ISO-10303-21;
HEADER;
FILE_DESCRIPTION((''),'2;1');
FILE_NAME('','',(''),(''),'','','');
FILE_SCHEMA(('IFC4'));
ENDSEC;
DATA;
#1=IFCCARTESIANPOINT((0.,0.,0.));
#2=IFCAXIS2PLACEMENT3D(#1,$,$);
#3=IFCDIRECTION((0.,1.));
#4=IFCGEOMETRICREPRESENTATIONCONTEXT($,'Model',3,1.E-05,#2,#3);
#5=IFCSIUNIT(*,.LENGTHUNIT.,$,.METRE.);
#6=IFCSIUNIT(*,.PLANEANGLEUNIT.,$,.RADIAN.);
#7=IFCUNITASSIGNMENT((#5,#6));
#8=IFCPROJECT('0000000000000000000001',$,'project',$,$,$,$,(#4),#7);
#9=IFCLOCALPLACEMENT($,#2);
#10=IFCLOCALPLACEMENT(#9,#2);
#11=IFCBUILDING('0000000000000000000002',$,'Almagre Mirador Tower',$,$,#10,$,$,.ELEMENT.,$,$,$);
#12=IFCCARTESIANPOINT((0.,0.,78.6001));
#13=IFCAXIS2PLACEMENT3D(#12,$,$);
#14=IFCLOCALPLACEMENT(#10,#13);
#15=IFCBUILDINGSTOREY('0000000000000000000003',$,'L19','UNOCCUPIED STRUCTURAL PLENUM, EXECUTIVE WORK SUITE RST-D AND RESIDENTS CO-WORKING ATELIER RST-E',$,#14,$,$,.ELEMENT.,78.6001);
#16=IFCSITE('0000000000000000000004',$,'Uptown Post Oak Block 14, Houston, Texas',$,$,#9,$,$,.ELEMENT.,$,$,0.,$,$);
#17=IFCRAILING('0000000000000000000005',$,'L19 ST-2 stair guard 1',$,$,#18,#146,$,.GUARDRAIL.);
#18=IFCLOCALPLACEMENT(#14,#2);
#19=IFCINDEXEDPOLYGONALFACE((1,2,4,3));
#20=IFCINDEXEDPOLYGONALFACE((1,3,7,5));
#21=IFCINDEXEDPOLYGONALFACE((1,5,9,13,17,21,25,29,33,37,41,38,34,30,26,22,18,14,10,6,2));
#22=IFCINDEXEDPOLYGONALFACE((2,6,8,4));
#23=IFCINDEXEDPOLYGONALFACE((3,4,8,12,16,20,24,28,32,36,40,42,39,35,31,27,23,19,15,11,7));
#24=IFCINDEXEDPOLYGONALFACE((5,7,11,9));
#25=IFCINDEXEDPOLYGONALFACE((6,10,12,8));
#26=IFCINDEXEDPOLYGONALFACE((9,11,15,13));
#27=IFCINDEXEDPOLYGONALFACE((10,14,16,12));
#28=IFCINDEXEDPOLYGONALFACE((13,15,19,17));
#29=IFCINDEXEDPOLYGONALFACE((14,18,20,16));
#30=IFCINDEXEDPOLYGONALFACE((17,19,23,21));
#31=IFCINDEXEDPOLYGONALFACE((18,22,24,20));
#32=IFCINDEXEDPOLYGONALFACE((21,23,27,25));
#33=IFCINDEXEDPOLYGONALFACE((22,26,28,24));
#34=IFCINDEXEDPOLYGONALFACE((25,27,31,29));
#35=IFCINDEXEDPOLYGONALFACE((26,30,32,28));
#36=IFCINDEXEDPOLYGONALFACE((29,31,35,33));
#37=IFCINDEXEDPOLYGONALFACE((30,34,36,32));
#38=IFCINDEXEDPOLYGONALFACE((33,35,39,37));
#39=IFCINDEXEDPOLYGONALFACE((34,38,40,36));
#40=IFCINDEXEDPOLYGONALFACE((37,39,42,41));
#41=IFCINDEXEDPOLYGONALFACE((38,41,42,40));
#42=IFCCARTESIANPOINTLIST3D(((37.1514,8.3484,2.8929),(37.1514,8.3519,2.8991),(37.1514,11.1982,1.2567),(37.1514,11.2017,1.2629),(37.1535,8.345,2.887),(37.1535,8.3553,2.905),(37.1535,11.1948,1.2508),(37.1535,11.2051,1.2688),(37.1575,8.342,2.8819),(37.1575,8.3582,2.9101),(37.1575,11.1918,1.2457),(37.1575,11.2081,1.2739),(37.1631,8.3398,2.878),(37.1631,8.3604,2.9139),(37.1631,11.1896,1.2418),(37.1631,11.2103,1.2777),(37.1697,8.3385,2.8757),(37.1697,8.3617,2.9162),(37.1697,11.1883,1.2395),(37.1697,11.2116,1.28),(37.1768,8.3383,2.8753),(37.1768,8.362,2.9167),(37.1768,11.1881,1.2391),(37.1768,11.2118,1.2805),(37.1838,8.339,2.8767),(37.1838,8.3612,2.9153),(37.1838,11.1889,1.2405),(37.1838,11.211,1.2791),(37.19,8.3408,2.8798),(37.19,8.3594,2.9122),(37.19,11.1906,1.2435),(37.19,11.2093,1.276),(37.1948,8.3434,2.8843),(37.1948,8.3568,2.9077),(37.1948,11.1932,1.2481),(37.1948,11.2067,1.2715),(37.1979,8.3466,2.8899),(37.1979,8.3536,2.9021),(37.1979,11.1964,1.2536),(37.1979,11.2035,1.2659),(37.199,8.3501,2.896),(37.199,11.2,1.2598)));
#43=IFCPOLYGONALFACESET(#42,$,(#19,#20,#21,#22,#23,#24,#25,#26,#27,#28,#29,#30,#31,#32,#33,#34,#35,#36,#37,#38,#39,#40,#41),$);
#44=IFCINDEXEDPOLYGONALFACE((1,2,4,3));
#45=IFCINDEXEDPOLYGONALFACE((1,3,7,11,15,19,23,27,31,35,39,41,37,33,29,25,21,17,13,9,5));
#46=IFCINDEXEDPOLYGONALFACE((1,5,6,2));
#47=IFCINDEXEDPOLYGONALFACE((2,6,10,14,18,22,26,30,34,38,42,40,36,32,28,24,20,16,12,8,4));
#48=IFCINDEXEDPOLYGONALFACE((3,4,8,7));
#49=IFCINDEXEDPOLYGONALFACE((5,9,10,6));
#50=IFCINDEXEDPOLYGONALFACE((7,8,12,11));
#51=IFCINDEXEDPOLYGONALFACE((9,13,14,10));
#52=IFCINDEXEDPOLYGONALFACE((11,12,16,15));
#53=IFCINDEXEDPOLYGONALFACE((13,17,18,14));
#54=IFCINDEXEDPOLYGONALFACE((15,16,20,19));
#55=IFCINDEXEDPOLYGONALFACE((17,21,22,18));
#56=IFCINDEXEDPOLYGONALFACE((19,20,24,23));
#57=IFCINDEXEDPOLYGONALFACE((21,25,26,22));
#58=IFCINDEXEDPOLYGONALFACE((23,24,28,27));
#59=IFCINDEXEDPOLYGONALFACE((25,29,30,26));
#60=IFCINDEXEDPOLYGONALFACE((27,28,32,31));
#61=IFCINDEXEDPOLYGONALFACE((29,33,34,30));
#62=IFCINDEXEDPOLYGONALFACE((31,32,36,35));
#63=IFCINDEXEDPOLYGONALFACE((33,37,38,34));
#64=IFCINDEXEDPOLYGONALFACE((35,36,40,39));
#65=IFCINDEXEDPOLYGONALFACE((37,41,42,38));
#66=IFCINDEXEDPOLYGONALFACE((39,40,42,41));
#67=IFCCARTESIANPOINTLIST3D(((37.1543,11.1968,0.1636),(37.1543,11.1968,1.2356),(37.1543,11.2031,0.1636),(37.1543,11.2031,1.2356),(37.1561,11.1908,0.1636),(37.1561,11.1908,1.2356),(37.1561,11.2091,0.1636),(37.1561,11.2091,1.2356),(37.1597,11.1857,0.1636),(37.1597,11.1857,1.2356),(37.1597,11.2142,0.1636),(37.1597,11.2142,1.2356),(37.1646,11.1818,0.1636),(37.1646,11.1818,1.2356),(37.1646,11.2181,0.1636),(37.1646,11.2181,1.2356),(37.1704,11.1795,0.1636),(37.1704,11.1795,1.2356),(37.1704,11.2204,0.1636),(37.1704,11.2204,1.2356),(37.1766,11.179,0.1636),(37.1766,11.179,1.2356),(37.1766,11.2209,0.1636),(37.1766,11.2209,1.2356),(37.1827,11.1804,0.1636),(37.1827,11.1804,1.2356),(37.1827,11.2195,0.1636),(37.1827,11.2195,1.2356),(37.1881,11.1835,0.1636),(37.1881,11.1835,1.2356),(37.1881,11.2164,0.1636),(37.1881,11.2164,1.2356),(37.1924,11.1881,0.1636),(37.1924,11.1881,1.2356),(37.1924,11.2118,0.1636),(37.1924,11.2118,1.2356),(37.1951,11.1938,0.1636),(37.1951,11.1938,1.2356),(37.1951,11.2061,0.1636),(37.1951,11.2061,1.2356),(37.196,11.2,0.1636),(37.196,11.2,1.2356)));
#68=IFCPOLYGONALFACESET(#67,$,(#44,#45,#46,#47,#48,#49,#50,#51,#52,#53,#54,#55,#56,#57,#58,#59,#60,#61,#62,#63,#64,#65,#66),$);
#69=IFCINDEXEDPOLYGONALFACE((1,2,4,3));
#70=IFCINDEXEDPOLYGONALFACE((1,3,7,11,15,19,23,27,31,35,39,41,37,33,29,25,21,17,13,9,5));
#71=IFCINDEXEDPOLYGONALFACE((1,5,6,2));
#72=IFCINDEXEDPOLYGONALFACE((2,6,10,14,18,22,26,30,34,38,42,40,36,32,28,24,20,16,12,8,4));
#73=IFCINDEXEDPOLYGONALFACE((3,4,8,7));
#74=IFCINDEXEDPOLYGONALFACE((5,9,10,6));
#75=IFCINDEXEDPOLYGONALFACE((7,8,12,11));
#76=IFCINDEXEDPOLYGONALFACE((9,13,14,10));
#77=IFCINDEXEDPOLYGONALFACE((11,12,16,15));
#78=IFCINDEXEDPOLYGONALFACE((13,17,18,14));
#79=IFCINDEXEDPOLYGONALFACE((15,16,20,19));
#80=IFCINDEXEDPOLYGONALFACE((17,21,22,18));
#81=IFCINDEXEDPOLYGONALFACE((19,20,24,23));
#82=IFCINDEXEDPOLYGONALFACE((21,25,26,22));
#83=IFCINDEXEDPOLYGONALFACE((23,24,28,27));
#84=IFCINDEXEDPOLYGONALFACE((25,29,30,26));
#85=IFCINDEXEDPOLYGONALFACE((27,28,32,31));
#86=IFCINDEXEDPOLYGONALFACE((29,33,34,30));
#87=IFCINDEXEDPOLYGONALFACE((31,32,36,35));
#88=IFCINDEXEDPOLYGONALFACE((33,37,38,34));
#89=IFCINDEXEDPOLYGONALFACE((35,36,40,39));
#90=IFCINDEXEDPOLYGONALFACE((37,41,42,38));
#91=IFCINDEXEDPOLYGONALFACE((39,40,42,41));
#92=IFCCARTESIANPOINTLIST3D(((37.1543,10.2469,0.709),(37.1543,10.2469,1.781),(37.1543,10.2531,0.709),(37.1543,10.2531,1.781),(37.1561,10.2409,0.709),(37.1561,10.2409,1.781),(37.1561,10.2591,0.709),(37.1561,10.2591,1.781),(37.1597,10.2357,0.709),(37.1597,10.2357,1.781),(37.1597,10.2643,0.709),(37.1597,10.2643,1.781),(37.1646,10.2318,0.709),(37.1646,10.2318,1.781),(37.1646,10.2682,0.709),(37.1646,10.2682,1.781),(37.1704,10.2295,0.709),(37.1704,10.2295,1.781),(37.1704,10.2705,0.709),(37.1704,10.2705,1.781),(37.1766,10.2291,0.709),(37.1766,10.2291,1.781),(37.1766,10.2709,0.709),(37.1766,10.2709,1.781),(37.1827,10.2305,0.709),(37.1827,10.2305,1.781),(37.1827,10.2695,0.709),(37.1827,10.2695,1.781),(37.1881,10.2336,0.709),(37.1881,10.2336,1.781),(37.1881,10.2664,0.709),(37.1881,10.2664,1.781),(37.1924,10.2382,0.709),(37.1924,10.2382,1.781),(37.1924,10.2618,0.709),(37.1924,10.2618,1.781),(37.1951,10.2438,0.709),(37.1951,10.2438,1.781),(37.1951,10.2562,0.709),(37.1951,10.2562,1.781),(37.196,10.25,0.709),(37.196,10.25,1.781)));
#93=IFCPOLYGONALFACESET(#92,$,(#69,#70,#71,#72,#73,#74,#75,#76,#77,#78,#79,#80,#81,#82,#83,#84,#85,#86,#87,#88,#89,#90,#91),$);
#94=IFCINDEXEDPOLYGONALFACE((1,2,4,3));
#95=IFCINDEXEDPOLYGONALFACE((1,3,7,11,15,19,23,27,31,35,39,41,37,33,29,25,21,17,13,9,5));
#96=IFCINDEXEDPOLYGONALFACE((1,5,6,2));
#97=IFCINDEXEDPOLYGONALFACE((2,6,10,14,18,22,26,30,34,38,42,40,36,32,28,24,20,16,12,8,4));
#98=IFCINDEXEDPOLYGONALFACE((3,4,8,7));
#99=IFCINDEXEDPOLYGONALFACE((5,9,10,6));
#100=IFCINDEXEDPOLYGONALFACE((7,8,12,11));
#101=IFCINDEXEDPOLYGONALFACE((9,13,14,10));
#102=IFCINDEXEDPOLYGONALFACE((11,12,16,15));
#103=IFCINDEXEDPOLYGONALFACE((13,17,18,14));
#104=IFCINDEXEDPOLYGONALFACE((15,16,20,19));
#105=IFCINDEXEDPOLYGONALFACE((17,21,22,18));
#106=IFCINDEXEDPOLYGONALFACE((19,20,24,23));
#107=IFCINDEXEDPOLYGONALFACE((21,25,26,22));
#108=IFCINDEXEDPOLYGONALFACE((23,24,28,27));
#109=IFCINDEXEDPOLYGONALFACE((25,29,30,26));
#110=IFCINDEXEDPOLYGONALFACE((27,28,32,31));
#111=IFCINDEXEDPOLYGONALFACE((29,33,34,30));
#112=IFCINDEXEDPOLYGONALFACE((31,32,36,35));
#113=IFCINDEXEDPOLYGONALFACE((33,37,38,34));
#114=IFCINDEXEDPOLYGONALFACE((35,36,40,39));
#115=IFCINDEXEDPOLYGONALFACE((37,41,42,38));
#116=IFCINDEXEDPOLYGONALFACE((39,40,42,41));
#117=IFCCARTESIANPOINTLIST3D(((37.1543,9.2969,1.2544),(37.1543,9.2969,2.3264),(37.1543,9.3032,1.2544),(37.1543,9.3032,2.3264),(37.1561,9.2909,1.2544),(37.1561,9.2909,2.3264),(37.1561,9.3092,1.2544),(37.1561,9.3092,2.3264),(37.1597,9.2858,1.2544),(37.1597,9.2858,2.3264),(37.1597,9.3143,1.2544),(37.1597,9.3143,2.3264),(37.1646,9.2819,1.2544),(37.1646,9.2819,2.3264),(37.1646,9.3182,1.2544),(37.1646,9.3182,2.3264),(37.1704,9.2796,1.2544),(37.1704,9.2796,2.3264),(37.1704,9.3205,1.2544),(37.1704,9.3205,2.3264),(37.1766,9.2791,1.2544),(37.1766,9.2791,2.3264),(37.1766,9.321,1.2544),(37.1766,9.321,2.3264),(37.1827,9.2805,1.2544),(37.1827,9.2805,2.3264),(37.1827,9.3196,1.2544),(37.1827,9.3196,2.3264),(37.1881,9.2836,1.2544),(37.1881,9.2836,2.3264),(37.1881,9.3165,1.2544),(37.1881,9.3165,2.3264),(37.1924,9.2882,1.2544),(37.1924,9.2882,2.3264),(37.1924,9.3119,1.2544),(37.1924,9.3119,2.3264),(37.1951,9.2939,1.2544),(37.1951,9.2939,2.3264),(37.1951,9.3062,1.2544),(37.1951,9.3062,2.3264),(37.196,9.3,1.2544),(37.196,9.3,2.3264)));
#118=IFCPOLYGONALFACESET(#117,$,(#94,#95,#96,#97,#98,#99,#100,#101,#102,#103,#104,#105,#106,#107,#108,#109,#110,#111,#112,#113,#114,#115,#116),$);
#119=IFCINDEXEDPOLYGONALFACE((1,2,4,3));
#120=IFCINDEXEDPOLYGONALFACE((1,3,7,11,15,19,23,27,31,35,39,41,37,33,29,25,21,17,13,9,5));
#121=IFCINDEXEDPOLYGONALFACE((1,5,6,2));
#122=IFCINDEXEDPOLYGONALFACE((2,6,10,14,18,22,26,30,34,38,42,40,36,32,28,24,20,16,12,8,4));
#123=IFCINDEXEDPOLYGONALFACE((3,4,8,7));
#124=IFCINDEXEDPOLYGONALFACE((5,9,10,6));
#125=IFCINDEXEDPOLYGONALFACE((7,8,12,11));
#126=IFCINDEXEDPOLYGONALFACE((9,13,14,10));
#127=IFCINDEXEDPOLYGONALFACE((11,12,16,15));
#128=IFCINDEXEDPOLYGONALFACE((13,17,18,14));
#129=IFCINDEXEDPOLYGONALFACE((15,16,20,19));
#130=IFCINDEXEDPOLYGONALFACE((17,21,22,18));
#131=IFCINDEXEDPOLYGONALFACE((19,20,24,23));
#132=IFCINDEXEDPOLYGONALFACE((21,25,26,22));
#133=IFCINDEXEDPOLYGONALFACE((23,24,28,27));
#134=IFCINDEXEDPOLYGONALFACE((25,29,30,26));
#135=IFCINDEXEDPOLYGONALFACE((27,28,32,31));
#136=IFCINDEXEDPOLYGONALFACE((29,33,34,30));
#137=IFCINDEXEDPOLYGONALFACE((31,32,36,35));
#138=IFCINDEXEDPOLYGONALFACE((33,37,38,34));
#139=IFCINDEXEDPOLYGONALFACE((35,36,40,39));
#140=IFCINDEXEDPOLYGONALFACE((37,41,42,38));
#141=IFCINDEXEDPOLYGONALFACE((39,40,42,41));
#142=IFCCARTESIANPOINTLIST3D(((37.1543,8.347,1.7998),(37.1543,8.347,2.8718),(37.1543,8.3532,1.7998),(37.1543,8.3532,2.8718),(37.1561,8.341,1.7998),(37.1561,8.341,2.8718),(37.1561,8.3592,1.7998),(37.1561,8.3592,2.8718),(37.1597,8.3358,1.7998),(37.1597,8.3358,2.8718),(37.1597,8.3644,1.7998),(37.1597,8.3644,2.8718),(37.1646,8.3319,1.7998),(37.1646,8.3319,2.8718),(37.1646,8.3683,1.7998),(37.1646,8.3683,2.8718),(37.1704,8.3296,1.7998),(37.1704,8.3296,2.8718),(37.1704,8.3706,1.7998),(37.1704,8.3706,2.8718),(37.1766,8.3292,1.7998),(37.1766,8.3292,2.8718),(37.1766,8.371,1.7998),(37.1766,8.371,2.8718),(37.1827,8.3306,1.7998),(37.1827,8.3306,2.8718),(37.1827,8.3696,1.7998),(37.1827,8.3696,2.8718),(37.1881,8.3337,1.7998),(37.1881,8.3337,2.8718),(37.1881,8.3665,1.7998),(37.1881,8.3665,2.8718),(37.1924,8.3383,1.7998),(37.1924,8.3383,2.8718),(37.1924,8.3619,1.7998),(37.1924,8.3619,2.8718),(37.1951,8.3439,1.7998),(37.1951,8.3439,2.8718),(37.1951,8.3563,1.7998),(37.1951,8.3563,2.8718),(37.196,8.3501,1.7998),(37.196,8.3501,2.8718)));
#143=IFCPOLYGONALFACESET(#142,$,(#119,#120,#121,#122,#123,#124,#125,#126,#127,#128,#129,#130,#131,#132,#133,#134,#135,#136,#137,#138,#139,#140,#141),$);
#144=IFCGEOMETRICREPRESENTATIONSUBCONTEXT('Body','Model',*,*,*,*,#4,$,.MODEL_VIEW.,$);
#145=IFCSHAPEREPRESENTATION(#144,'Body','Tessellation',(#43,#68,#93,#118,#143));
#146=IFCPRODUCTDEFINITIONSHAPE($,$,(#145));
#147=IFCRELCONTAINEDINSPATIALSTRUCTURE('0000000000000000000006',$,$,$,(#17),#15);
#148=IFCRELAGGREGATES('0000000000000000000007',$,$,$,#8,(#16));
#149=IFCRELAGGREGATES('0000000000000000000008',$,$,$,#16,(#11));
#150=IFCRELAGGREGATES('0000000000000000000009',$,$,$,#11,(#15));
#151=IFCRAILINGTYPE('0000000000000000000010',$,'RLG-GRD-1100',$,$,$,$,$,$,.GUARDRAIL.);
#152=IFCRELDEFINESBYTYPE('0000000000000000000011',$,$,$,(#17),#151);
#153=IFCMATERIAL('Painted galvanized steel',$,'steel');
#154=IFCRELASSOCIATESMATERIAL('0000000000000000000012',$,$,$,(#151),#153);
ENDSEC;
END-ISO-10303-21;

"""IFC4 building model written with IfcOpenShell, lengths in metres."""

from ifc_helpers import new_model, si_unit, direction, frame, origin, origin_2d, place, context, subcontext, project, spatial, circle, extrude, material, type_object, element, save


model = new_model("IFC4")

# Units and contexts
model_context = context("Model", 3, precision=1e-05, world=origin(), true_north=direction((0.0, 1.0)))
body_context = subcontext(model_context, "Body", "Model", "MODEL_VIEW")
ifc_project = project(units=[si_unit("LENGTHUNIT", "METRE"), si_unit("PLANEANGLEUNIT", "RADIAN")], contexts=[model_context])

# Site, building, storey
site_placement = place(None, origin())
site = spatial("IfcSite", under=ifc_project, at=site_placement, Name="Uptown Post Oak Block 14, Houston, Texas", CompositionType="ELEMENT", RefElevation=0.0)
building_placement = place(site_placement, origin())
building = spatial("IfcBuilding", under=site, at=building_placement, Name="Almagre Mirador Tower", CompositionType="ELEMENT")
storey_placement = place(building_placement, frame((0.0, 0.0, 78.6001)))
storey = spatial("IfcBuildingStorey", under=building, at=storey_placement, Name="L19", Description="UNOCCUPIED STRUCTURAL PLENUM, EXECUTIVE WORK SUITE RST-D AND RESIDENTS CO-WORKING ATELIER RST-E", CompositionType="ELEMENT", Elevation=78.6001)

# Railing
ifc_material_1 = material(Name="Painted galvanized steel", Category="steel")
railing_type_1 = type_object("IfcRailingType", Name="RLG-GRD-1100", PredefinedType="GUARDRAIL", material=ifc_material_1)
railing_1_placement = place(storey_placement, frame((37.175, 11.2, 0.1636)))
element("IfcRailing", 1, at=railing_1_placement, inside=storey, type_object=railing_type_1, Name="L19 ST-2 stair guard 1", PredefinedType="GUARDRAIL", context=body_context, shape_type="SweptSolid", body=[
    extrude(circle(Radius=0.0239, at=origin_2d()), frame((0.0, 0.0, 1.0962), z_axis=(0.0, -0.867226, 0.497914), x_axis=(1.0, 0.0, 0.0)), (0.0, 0.0, 1.0), 3.2861),
    extrude(circle(Radius=0.021, at=origin_2d()), origin(), (0.0, 0.0, 1.0), 1.072),
    extrude(circle(Radius=0.021, at=origin_2d()), frame((0.0, -0.95, 0.5454)), (0.0, 0.0, 1.0), 1.072),
    extrude(circle(Radius=0.021, at=origin_2d()), frame((0.0, -1.8999, 1.0908)), (0.0, 0.0, 1.0), 1.072),
    extrude(circle(Radius=0.021, at=origin_2d()), frame((0.0, -2.8499, 1.6362)), (0.0, 0.0, 1.0), 1.072),
])

save(model, "model.ifc")
